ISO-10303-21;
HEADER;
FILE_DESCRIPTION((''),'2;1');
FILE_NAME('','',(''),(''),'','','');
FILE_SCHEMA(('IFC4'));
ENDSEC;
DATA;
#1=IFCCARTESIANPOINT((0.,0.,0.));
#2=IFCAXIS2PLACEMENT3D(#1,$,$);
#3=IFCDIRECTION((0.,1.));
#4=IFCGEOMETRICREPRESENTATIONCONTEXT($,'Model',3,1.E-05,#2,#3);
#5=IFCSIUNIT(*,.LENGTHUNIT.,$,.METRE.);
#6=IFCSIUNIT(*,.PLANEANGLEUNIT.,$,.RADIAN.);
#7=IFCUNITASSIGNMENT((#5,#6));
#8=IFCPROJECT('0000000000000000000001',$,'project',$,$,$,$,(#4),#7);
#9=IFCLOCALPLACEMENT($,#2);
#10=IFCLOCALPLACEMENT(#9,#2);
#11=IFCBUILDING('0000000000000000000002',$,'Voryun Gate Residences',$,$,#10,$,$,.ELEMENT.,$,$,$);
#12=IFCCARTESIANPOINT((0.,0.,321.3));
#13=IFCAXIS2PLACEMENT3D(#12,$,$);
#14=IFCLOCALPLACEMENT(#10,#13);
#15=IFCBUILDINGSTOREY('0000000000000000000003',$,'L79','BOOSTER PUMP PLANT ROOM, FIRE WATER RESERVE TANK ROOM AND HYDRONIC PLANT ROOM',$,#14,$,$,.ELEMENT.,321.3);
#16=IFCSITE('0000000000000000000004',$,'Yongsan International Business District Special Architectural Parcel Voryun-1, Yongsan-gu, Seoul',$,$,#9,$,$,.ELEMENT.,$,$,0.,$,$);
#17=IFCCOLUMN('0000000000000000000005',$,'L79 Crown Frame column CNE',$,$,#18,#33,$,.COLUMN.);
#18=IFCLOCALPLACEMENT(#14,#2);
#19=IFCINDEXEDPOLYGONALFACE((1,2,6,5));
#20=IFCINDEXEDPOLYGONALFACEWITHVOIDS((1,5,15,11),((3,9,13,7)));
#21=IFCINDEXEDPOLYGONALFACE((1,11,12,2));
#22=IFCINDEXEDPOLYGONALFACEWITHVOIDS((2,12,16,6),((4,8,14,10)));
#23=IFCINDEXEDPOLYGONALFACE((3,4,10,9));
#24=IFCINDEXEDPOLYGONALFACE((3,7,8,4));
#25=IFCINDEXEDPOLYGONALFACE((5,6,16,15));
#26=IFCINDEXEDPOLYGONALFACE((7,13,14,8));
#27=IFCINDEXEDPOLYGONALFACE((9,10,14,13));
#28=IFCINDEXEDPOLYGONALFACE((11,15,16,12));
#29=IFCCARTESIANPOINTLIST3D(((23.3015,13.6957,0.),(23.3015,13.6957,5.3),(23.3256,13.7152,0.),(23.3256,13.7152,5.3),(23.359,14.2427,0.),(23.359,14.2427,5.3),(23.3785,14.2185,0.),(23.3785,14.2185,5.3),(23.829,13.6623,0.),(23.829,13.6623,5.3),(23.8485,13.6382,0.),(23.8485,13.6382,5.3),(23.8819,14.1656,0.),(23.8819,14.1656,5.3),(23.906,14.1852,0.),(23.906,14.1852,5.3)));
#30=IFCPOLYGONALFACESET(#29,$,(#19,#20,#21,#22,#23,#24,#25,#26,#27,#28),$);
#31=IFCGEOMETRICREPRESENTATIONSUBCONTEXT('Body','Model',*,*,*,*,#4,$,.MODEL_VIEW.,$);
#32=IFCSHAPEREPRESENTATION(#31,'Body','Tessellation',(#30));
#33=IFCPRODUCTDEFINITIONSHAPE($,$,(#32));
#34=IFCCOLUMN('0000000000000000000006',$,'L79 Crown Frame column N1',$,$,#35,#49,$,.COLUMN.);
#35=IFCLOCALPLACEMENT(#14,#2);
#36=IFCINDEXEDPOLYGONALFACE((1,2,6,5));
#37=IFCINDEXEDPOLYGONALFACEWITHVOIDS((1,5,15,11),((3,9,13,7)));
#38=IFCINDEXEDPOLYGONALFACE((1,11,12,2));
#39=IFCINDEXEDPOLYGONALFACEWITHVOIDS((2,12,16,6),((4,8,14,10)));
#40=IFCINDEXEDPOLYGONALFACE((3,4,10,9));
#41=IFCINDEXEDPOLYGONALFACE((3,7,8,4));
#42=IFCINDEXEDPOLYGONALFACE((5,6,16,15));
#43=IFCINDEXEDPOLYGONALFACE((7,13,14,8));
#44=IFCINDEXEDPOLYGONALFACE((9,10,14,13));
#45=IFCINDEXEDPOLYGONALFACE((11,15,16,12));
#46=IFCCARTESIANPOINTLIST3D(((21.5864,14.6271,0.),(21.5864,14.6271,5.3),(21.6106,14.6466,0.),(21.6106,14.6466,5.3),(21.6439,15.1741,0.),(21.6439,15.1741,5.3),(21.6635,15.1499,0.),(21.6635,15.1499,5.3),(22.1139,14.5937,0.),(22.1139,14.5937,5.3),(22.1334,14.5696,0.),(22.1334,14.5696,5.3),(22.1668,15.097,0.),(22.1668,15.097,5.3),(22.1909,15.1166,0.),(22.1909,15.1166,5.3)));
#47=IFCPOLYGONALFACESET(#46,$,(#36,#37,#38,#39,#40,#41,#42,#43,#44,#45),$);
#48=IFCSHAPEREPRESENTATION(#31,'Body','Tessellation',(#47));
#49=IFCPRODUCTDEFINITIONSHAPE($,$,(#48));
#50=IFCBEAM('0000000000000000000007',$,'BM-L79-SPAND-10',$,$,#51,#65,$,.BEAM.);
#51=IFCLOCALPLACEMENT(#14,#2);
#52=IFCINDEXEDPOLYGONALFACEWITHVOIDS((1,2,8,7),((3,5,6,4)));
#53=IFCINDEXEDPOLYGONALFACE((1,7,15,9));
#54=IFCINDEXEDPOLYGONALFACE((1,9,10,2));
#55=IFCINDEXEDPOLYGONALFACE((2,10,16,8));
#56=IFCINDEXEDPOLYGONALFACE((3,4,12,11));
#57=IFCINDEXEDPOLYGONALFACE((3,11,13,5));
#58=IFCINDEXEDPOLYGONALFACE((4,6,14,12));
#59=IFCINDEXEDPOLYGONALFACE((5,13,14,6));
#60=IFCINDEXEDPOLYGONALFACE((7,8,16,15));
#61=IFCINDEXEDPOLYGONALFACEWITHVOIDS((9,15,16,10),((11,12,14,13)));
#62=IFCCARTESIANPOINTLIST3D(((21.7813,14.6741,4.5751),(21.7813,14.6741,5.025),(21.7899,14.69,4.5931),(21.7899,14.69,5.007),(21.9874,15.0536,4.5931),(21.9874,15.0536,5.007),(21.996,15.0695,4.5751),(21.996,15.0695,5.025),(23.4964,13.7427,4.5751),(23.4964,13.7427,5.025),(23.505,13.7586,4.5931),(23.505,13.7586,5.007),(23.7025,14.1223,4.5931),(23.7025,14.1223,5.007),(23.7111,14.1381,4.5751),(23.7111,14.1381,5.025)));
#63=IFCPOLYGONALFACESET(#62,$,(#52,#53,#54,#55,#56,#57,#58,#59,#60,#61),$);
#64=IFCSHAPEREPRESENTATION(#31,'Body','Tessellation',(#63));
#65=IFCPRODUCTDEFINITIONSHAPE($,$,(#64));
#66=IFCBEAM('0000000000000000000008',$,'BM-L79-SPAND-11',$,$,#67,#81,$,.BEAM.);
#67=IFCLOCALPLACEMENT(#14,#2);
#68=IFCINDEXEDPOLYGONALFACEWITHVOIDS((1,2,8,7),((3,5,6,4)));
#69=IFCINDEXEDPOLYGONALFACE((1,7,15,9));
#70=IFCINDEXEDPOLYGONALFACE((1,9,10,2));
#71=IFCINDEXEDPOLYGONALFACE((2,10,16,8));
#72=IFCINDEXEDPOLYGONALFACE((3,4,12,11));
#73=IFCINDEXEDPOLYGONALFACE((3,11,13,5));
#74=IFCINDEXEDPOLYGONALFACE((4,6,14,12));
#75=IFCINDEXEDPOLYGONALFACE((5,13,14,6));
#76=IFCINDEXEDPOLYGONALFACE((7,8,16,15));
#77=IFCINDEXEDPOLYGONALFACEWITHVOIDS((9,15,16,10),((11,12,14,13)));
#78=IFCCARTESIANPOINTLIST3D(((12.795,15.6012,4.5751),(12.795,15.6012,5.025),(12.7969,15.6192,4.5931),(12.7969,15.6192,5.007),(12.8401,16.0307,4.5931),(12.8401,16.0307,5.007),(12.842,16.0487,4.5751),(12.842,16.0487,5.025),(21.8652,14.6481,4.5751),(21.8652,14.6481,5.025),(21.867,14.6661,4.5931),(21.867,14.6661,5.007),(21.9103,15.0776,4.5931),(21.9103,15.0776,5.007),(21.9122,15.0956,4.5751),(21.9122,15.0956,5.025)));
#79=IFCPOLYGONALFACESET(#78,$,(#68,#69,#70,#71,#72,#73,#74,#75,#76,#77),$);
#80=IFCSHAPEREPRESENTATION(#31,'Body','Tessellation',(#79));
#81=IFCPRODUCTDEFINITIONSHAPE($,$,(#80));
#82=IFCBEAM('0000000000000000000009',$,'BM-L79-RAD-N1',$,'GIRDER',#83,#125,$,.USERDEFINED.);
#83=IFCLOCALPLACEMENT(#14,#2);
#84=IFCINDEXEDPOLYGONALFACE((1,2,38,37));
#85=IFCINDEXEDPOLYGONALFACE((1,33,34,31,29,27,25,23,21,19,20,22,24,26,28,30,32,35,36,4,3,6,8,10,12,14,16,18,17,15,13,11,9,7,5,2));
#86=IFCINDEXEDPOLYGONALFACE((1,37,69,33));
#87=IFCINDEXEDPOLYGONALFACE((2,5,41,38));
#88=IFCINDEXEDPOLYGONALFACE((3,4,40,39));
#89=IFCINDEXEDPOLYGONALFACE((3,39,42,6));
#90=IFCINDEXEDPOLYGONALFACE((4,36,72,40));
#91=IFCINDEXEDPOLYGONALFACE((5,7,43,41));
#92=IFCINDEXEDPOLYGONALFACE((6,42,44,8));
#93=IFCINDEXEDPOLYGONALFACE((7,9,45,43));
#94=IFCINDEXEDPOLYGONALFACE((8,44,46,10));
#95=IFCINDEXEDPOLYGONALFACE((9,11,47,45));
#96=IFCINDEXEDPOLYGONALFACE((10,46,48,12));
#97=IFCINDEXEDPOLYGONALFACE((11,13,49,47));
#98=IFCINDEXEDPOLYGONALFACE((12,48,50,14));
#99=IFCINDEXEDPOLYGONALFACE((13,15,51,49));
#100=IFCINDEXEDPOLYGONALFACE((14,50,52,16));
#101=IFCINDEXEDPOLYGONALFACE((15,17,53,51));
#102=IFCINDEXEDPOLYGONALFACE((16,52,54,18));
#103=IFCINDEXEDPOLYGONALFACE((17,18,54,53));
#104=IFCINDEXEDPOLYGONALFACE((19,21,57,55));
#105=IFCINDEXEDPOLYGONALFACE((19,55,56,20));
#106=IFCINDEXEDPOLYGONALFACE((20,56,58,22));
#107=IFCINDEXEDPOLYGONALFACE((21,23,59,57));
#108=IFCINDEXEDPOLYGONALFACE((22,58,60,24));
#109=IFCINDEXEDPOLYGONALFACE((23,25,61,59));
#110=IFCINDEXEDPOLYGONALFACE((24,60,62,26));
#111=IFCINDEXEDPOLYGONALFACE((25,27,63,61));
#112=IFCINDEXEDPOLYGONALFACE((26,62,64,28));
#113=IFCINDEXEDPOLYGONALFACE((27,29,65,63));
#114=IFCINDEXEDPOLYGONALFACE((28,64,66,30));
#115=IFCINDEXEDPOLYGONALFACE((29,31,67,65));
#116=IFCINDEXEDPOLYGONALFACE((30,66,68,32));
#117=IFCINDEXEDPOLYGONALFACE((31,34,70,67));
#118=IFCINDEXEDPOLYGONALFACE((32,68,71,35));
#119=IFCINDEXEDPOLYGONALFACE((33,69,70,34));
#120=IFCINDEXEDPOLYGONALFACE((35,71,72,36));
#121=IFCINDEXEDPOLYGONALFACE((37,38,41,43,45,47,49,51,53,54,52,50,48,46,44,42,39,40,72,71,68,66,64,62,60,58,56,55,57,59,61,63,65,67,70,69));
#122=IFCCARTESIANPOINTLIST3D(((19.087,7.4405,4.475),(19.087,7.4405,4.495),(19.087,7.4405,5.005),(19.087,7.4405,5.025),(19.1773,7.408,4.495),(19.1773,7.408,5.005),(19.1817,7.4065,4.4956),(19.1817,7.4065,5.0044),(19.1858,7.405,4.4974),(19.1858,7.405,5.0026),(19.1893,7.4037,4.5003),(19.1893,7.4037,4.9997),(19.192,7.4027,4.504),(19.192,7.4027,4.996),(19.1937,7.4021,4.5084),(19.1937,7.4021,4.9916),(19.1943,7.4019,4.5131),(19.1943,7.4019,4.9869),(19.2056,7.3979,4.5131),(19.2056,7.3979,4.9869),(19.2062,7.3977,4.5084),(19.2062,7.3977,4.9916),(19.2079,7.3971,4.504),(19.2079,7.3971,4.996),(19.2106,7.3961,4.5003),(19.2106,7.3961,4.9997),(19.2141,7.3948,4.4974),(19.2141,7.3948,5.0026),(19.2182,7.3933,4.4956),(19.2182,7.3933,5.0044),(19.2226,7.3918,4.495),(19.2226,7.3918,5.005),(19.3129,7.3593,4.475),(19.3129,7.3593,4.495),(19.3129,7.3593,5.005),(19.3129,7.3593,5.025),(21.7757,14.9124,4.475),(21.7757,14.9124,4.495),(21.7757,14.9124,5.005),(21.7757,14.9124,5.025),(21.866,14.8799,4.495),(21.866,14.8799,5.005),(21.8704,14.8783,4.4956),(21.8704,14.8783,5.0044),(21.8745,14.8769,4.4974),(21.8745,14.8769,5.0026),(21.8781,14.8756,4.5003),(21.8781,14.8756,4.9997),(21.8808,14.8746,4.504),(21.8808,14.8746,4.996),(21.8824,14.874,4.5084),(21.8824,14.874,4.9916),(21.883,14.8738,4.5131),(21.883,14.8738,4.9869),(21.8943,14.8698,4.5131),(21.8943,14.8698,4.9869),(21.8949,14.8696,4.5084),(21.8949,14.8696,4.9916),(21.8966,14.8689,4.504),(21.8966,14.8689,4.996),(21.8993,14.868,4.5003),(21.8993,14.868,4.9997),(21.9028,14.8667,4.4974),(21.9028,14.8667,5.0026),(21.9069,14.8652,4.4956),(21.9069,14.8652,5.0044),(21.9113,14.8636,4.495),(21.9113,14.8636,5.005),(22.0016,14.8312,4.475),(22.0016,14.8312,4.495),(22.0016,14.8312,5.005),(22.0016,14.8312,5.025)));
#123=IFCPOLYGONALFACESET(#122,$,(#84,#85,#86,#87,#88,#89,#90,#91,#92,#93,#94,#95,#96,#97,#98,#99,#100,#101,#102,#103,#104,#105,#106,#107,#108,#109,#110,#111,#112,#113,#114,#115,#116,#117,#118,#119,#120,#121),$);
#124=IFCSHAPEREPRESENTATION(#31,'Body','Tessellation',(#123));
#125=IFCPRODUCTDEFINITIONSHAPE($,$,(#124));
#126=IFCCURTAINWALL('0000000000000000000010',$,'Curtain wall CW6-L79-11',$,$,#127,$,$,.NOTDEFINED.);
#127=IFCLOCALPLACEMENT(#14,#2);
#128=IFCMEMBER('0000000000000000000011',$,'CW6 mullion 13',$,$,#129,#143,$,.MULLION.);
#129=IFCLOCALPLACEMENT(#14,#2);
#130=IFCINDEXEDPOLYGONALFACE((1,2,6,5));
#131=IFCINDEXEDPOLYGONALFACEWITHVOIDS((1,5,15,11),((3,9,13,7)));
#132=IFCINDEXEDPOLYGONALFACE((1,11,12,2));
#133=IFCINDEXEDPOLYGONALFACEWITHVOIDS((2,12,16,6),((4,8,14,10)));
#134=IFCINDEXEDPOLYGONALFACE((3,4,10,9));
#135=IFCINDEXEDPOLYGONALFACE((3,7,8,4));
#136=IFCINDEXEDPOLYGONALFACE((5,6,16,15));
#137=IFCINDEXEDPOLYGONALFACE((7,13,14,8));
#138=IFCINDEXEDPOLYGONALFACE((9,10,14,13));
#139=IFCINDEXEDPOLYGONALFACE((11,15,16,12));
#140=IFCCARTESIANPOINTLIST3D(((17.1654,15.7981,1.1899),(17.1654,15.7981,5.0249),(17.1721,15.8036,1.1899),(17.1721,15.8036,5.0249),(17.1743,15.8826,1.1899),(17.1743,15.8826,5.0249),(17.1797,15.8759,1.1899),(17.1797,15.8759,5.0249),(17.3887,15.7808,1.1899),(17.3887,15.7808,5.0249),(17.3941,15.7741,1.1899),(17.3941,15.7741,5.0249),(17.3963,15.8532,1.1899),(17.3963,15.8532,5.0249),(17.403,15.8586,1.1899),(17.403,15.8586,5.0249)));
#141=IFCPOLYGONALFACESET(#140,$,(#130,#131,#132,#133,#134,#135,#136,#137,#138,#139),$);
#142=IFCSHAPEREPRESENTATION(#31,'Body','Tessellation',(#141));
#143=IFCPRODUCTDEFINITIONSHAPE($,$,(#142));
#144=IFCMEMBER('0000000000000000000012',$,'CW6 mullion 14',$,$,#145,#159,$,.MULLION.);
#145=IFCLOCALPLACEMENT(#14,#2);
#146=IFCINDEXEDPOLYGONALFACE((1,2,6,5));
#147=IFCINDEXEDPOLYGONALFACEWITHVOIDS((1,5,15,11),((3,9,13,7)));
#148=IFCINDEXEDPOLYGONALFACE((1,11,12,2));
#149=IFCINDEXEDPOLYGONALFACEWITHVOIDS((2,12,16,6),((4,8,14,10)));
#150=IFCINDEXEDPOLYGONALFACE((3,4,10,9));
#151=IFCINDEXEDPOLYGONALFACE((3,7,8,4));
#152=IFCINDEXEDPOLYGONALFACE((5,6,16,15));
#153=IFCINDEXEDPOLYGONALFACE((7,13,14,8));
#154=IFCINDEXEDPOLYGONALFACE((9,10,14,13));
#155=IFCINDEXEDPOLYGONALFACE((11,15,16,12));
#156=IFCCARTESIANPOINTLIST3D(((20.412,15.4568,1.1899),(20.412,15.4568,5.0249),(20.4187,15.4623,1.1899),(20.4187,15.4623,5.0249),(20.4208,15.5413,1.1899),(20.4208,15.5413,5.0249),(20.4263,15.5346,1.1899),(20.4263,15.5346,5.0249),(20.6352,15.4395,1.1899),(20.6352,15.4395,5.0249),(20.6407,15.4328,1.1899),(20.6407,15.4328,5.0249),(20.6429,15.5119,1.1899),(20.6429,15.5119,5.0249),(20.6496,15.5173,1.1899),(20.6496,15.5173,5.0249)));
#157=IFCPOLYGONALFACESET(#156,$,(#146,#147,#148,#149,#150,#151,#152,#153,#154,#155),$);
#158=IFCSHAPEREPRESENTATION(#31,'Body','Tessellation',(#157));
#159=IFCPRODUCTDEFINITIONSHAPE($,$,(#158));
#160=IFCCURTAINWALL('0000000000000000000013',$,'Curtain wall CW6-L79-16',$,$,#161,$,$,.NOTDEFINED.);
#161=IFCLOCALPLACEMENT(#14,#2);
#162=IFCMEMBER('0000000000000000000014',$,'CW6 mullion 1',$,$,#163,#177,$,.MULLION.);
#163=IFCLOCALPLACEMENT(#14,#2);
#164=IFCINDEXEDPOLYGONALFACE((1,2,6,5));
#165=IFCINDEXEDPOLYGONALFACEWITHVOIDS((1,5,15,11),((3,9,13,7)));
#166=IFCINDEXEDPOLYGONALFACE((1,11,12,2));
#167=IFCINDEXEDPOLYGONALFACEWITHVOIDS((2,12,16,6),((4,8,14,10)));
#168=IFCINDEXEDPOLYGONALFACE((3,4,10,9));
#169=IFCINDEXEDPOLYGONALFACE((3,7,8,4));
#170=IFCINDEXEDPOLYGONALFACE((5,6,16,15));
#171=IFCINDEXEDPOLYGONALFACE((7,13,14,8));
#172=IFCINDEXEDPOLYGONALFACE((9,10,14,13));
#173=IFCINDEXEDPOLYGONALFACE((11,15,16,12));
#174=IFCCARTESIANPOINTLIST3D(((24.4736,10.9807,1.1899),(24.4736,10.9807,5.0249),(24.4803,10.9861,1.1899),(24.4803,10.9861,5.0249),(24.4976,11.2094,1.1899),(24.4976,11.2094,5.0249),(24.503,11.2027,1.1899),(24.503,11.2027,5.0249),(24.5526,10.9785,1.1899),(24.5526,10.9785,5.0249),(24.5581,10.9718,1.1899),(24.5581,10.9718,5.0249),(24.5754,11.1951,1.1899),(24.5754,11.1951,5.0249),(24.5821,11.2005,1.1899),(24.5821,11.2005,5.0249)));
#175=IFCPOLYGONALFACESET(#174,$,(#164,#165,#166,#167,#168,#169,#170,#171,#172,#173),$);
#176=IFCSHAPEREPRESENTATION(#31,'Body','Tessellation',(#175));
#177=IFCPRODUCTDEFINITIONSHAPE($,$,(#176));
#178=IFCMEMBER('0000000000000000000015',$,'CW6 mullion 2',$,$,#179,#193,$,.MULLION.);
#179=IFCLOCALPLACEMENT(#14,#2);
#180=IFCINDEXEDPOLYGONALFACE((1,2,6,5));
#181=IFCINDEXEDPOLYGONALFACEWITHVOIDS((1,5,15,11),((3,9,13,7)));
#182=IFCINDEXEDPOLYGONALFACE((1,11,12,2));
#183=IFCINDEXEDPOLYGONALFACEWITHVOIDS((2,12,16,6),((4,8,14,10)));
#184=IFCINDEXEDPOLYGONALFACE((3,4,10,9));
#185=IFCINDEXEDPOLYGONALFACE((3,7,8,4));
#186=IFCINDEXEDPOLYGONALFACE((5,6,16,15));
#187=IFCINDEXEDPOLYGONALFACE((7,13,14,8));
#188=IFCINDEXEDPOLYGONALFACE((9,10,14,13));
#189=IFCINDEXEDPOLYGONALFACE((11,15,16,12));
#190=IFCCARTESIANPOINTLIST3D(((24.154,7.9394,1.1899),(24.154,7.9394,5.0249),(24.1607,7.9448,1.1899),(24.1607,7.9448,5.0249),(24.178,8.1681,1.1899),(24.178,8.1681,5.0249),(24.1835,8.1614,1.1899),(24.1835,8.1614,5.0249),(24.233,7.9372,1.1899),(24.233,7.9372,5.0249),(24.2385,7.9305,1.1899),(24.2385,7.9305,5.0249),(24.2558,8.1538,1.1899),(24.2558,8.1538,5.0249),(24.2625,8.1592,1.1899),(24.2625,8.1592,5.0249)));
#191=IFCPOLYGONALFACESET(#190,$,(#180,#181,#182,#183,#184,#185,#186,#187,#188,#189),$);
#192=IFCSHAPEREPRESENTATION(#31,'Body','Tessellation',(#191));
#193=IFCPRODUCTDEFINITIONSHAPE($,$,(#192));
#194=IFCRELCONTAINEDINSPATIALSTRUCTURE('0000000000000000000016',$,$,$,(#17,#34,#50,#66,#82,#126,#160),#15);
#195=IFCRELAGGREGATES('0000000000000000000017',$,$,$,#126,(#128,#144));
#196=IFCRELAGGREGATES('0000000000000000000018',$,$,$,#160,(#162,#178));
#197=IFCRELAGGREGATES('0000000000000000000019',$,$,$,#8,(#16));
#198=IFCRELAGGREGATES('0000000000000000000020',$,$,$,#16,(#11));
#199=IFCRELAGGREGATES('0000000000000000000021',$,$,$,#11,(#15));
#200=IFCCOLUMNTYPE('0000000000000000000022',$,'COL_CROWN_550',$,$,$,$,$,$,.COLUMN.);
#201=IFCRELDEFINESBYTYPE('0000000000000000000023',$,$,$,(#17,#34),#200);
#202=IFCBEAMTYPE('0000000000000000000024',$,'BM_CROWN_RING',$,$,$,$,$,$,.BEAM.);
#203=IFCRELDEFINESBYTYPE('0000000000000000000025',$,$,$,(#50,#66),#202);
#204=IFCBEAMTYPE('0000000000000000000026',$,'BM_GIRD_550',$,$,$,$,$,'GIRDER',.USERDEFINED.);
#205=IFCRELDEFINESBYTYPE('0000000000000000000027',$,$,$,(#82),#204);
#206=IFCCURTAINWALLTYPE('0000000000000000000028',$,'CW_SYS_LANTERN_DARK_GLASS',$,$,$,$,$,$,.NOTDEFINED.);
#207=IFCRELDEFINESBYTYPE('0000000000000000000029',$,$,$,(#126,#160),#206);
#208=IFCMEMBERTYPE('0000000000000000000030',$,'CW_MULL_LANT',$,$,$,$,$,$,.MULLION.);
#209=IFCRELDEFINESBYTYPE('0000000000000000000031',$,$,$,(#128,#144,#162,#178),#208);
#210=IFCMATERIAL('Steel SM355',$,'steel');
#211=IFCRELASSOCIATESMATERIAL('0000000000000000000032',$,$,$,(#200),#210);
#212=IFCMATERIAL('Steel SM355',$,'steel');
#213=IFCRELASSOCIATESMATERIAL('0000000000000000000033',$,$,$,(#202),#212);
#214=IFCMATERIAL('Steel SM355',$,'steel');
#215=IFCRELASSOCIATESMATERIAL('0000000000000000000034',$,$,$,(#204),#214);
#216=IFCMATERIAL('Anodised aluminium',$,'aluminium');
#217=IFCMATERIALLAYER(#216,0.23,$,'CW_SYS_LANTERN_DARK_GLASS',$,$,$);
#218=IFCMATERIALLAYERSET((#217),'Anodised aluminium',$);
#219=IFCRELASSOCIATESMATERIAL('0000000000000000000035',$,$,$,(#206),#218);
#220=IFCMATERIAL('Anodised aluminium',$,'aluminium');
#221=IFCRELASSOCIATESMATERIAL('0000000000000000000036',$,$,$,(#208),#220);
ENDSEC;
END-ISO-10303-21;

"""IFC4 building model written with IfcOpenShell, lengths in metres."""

from ifc_helpers import new_model, si_unit, direction, frame, origin, origin_2d, place, context, subcontext, project, spatial, hollow_rectangle, i_section, extrude, material, layer, layer_set, material_profile, profile_set, type_object, element, aggregate, save


model = new_model("IFC4")

# Units and contexts
model_context = context("Model", 3, precision=1e-05, world=origin(), true_north=direction((0.0, 1.0)))
body_context = subcontext(model_context, "Body", "Model", "MODEL_VIEW")
ifc_project = project(units=[si_unit("LENGTHUNIT", "METRE"), si_unit("PLANEANGLEUNIT", "RADIAN")], contexts=[model_context])

# Site, building, storey
site_placement = place(None, origin())
site = spatial("IfcSite", under=ifc_project, at=site_placement, Name="Yongsan International Business District Special Architectural Parcel Voryun-1, Yongsan-gu, Seoul", CompositionType="ELEMENT", RefElevation=0.0)
building_placement = place(site_placement, origin())
building = spatial("IfcBuilding", under=site, at=building_placement, Name="Voryun Gate Residences", CompositionType="ELEMENT")
storey_placement = place(building_placement, frame((0.0, 0.0, 321.3)))
storey = spatial("IfcBuildingStorey", under=building, at=storey_placement, Name="L79", Description="BOOSTER PUMP PLANT ROOM, FIRE WATER RESERVE TANK ROOM AND HYDRONIC PLANT ROOM", CompositionType="ELEMENT", Elevation=321.3)

# Columns
ifc_material_1 = material(Name="Steel SM355", Category="steel")
ifc_material_profile_1 = material_profile(ifc_material_1, hollow_rectangle(XDim=0.55, YDim=0.55, WallThickness=0.022, at=origin_2d()), Name="BOX-550x550x22")
ifc_profile_set_1 = profile_set([ifc_material_profile_1], Name="Steel SM355")
column_type = type_object("IfcColumnType", Name="COL_CROWN_550", PredefinedType="COLUMN", material=ifc_profile_set_1)
for number, where, z_axis, x_axis, name in (
    (1, (23.6038, 13.9404, 0.0), (0.0, 0.0, 1.0), (0.994522, -0.104528, 0.0), "L79 Crown Frame column CNE"),
    (2, (21.8887, 14.8718, 0.0), (0.0, 0.0, 1.0), (0.994522, -0.104528, 0.0), "L79 Crown Frame column N1"),
):
    element("IfcColumn", number, at=place(storey_placement, frame(where, z_axis=z_axis, x_axis=x_axis)), inside=storey, type_object=column_type, Name=name, PredefinedType="COLUMN", context=body_context, shape_type="SweptSolid", body=[
        extrude(hollow_rectangle(XDim=0.55, YDim=0.55, WallThickness=0.022, at=origin_2d()), origin(), (0.0, 0.0, 1.0), 5.3),
    ])

# Beams
ifc_material_2 = material(Name="Steel SM355", Category="steel")
ifc_material_profile_2 = material_profile(ifc_material_2, hollow_rectangle(XDim=0.45, YDim=0.45, WallThickness=0.0181, at=origin_2d()), Name="BOX-450x450x18")
ifc_profile_set_2 = profile_set([ifc_material_profile_2], Name="Steel SM355")
beam_type_1 = type_object("IfcBeamType", Name="BM_CROWN_RING", PredefinedType="BEAM", material=ifc_profile_set_2)
beam_1_placement = place(storey_placement, frame((23.6038, 13.9404, 4.8), z_axis=(-0.878778, 0.47723, 0.0), x_axis=(-0.47723, -0.878778, 0.0)))
element("IfcBeam", 3, at=beam_1_placement, inside=storey, type_object=beam_type_1, Name="BM-L79-SPAND-10", PredefinedType="BEAM", context=body_context, shape_type="SweptSolid", body=[
    extrude(hollow_rectangle(XDim=0.45, YDim=0.45, WallThickness=0.0181, at=origin_2d()), origin(), (0.0, 0.0, 1.0), 1.9517),
])
beam_2_placement = place(storey_placement, frame((21.8887, 14.8718, 4.8), z_axis=(-0.994524, 0.104509, 0.0), x_axis=(-0.104509, -0.994524, 0.0)))
element("IfcBeam", 4, at=beam_2_placement, inside=storey, type_object=beam_type_1, Name="BM-L79-SPAND-11", PredefinedType="BEAM", context=body_context, shape_type="SweptSolid", body=[
    extrude(hollow_rectangle(XDim=0.45, YDim=0.45, WallThickness=0.0181, at=origin_2d()), origin(), (0.0, 0.0, 1.0), 9.1201),
])
ifc_material_3 = material(Name="Steel SM355", Category="steel")
ifc_material_profile_3 = material_profile(ifc_material_3, i_section(OverallWidth=0.24, OverallDepth=0.55, WebThickness=0.012, FlangeThickness=0.02, FilletRadius=0.0181, at=origin_2d()), Name="H-550x240x12x20")
ifc_profile_set_3 = profile_set([ifc_material_profile_3], Name="Steel SM355")
beam_type_2 = type_object("IfcBeamType", Name="BM_GIRD_550", ElementType="GIRDER", PredefinedType="USERDEFINED", material=ifc_profile_set_3)
beam_3_placement = place(storey_placement, frame((19.2, 7.3999, 4.75), z_axis=(0.338589, 0.940934, 0.0), x_axis=(-0.940934, 0.338589, 0.0)))
element("IfcBeam", 5, at=beam_3_placement, inside=storey, type_object=beam_type_2, Name="BM-L79-RAD-N1", ObjectType="GIRDER", PredefinedType="USERDEFINED", context=body_context, shape_type="SweptSolid", body=[
    extrude(i_section(OverallWidth=0.24, OverallDepth=0.55, WebThickness=0.012, FlangeThickness=0.02, FilletRadius=0.0181, at=origin_2d()), origin(), (0.0, 0.0, 1.0), 7.9409),
])

# Curtain walls, members
ifc_material_4 = material(Name="Anodised aluminium", Category="aluminium")
ifc_layer_1 = layer(ifc_material_4, 0.23, Name="CW_SYS_LANTERN_DARK_GLASS")
ifc_layer_set_1 = layer_set([ifc_layer_1], Name="Anodised aluminium")
curtain_wall_type = type_object("IfcCurtainWallType", Name="CW_SYS_LANTERN_DARK_GLASS", PredefinedType="NOTDEFINED", material=ifc_layer_set_1)
curtain_wall_1_placement = place(storey_placement, origin())
curtain_wall_1 = element("IfcCurtainWall", 6, at=curtain_wall_1_placement, inside=storey, type_object=curtain_wall_type, Name="Curtain wall CW6-L79-11", PredefinedType="NOTDEFINED")
ifc_material_5 = material(Name="Anodised aluminium", Category="aluminium")
ifc_material_profile_4 = material_profile(ifc_material_5, hollow_rectangle(XDim=0.085, YDim=0.23, WallThickness=0.0061, at=origin_2d()), Name="ALU-MULL-230x85x6")
ifc_profile_set_4 = profile_set([ifc_material_profile_4], Name="Anodised aluminium")
member_type_1 = type_object("IfcMemberType", Name="CW_MULL_LANT", PredefinedType="MULLION", material=ifc_profile_set_4)
member_1_placement = place(storey_placement, frame((17.2842, 15.8284, 1.1899), z_axis=(0.0, 0.0, 1.0), x_axis=(0.104528, 0.994522, 0.0)))
member_1 = element("IfcMember", 7, at=member_1_placement, type_object=member_type_1, Name="CW6 mullion 13", PredefinedType="MULLION", context=body_context, shape_type="SweptSolid", body=[
    extrude(hollow_rectangle(XDim=0.085, YDim=0.23, WallThickness=0.0061, at=origin_2d()), origin(), (0.0, 0.0, 1.0), 3.835),
])
member_2_placement = place(storey_placement, frame((20.5308, 15.4871, 1.1899), z_axis=(0.0, 0.0, 1.0), x_axis=(0.104528, 0.994522, 0.0)))
member_2 = element("IfcMember", 8, at=member_2_placement, type_object=member_type_1, Name="CW6 mullion 14", PredefinedType="MULLION", context=body_context, shape_type="SweptSolid", body=[
    extrude(hollow_rectangle(XDim=0.085, YDim=0.23, WallThickness=0.0061, at=origin_2d()), origin(), (0.0, 0.0, 1.0), 3.835),
])
curtain_wall_2_placement = place(storey_placement, origin())
curtain_wall_2 = element("IfcCurtainWall", 9, at=curtain_wall_2_placement, inside=storey, type_object=curtain_wall_type, Name="Curtain wall CW6-L79-16", PredefinedType="NOTDEFINED")
member_3_placement = place(storey_placement, frame((24.5278, 11.0906, 1.1899), z_axis=(0.0, 0.0, 1.0), x_axis=(0.994522, -0.104528, 0.0)))
member_3 = element("IfcMember", 10, at=member_3_placement, type_object=member_type_1, Name="CW6 mullion 1", PredefinedType="MULLION", context=body_context, shape_type="SweptSolid", body=[
    extrude(hollow_rectangle(XDim=0.085, YDim=0.23, WallThickness=0.0061, at=origin_2d()), origin(), (0.0, 0.0, 1.0), 3.835),
])
member_4_placement = place(storey_placement, frame((24.2083, 8.0493, 1.1899), z_axis=(0.0, 0.0, 1.0), x_axis=(0.994522, -0.104528, 0.0)))
member_4 = element("IfcMember", 11, at=member_4_placement, type_object=member_type_1, Name="CW6 mullion 2", PredefinedType="MULLION", context=body_context, shape_type="SweptSolid", body=[
    extrude(hollow_rectangle(XDim=0.085, YDim=0.23, WallThickness=0.0061, at=origin_2d()), origin(), (0.0, 0.0, 1.0), 3.835),
])

aggregate(curtain_wall_1, [member_1, member_2])
aggregate(curtain_wall_2, [member_3, member_4])

save(model, "model.ifc")
